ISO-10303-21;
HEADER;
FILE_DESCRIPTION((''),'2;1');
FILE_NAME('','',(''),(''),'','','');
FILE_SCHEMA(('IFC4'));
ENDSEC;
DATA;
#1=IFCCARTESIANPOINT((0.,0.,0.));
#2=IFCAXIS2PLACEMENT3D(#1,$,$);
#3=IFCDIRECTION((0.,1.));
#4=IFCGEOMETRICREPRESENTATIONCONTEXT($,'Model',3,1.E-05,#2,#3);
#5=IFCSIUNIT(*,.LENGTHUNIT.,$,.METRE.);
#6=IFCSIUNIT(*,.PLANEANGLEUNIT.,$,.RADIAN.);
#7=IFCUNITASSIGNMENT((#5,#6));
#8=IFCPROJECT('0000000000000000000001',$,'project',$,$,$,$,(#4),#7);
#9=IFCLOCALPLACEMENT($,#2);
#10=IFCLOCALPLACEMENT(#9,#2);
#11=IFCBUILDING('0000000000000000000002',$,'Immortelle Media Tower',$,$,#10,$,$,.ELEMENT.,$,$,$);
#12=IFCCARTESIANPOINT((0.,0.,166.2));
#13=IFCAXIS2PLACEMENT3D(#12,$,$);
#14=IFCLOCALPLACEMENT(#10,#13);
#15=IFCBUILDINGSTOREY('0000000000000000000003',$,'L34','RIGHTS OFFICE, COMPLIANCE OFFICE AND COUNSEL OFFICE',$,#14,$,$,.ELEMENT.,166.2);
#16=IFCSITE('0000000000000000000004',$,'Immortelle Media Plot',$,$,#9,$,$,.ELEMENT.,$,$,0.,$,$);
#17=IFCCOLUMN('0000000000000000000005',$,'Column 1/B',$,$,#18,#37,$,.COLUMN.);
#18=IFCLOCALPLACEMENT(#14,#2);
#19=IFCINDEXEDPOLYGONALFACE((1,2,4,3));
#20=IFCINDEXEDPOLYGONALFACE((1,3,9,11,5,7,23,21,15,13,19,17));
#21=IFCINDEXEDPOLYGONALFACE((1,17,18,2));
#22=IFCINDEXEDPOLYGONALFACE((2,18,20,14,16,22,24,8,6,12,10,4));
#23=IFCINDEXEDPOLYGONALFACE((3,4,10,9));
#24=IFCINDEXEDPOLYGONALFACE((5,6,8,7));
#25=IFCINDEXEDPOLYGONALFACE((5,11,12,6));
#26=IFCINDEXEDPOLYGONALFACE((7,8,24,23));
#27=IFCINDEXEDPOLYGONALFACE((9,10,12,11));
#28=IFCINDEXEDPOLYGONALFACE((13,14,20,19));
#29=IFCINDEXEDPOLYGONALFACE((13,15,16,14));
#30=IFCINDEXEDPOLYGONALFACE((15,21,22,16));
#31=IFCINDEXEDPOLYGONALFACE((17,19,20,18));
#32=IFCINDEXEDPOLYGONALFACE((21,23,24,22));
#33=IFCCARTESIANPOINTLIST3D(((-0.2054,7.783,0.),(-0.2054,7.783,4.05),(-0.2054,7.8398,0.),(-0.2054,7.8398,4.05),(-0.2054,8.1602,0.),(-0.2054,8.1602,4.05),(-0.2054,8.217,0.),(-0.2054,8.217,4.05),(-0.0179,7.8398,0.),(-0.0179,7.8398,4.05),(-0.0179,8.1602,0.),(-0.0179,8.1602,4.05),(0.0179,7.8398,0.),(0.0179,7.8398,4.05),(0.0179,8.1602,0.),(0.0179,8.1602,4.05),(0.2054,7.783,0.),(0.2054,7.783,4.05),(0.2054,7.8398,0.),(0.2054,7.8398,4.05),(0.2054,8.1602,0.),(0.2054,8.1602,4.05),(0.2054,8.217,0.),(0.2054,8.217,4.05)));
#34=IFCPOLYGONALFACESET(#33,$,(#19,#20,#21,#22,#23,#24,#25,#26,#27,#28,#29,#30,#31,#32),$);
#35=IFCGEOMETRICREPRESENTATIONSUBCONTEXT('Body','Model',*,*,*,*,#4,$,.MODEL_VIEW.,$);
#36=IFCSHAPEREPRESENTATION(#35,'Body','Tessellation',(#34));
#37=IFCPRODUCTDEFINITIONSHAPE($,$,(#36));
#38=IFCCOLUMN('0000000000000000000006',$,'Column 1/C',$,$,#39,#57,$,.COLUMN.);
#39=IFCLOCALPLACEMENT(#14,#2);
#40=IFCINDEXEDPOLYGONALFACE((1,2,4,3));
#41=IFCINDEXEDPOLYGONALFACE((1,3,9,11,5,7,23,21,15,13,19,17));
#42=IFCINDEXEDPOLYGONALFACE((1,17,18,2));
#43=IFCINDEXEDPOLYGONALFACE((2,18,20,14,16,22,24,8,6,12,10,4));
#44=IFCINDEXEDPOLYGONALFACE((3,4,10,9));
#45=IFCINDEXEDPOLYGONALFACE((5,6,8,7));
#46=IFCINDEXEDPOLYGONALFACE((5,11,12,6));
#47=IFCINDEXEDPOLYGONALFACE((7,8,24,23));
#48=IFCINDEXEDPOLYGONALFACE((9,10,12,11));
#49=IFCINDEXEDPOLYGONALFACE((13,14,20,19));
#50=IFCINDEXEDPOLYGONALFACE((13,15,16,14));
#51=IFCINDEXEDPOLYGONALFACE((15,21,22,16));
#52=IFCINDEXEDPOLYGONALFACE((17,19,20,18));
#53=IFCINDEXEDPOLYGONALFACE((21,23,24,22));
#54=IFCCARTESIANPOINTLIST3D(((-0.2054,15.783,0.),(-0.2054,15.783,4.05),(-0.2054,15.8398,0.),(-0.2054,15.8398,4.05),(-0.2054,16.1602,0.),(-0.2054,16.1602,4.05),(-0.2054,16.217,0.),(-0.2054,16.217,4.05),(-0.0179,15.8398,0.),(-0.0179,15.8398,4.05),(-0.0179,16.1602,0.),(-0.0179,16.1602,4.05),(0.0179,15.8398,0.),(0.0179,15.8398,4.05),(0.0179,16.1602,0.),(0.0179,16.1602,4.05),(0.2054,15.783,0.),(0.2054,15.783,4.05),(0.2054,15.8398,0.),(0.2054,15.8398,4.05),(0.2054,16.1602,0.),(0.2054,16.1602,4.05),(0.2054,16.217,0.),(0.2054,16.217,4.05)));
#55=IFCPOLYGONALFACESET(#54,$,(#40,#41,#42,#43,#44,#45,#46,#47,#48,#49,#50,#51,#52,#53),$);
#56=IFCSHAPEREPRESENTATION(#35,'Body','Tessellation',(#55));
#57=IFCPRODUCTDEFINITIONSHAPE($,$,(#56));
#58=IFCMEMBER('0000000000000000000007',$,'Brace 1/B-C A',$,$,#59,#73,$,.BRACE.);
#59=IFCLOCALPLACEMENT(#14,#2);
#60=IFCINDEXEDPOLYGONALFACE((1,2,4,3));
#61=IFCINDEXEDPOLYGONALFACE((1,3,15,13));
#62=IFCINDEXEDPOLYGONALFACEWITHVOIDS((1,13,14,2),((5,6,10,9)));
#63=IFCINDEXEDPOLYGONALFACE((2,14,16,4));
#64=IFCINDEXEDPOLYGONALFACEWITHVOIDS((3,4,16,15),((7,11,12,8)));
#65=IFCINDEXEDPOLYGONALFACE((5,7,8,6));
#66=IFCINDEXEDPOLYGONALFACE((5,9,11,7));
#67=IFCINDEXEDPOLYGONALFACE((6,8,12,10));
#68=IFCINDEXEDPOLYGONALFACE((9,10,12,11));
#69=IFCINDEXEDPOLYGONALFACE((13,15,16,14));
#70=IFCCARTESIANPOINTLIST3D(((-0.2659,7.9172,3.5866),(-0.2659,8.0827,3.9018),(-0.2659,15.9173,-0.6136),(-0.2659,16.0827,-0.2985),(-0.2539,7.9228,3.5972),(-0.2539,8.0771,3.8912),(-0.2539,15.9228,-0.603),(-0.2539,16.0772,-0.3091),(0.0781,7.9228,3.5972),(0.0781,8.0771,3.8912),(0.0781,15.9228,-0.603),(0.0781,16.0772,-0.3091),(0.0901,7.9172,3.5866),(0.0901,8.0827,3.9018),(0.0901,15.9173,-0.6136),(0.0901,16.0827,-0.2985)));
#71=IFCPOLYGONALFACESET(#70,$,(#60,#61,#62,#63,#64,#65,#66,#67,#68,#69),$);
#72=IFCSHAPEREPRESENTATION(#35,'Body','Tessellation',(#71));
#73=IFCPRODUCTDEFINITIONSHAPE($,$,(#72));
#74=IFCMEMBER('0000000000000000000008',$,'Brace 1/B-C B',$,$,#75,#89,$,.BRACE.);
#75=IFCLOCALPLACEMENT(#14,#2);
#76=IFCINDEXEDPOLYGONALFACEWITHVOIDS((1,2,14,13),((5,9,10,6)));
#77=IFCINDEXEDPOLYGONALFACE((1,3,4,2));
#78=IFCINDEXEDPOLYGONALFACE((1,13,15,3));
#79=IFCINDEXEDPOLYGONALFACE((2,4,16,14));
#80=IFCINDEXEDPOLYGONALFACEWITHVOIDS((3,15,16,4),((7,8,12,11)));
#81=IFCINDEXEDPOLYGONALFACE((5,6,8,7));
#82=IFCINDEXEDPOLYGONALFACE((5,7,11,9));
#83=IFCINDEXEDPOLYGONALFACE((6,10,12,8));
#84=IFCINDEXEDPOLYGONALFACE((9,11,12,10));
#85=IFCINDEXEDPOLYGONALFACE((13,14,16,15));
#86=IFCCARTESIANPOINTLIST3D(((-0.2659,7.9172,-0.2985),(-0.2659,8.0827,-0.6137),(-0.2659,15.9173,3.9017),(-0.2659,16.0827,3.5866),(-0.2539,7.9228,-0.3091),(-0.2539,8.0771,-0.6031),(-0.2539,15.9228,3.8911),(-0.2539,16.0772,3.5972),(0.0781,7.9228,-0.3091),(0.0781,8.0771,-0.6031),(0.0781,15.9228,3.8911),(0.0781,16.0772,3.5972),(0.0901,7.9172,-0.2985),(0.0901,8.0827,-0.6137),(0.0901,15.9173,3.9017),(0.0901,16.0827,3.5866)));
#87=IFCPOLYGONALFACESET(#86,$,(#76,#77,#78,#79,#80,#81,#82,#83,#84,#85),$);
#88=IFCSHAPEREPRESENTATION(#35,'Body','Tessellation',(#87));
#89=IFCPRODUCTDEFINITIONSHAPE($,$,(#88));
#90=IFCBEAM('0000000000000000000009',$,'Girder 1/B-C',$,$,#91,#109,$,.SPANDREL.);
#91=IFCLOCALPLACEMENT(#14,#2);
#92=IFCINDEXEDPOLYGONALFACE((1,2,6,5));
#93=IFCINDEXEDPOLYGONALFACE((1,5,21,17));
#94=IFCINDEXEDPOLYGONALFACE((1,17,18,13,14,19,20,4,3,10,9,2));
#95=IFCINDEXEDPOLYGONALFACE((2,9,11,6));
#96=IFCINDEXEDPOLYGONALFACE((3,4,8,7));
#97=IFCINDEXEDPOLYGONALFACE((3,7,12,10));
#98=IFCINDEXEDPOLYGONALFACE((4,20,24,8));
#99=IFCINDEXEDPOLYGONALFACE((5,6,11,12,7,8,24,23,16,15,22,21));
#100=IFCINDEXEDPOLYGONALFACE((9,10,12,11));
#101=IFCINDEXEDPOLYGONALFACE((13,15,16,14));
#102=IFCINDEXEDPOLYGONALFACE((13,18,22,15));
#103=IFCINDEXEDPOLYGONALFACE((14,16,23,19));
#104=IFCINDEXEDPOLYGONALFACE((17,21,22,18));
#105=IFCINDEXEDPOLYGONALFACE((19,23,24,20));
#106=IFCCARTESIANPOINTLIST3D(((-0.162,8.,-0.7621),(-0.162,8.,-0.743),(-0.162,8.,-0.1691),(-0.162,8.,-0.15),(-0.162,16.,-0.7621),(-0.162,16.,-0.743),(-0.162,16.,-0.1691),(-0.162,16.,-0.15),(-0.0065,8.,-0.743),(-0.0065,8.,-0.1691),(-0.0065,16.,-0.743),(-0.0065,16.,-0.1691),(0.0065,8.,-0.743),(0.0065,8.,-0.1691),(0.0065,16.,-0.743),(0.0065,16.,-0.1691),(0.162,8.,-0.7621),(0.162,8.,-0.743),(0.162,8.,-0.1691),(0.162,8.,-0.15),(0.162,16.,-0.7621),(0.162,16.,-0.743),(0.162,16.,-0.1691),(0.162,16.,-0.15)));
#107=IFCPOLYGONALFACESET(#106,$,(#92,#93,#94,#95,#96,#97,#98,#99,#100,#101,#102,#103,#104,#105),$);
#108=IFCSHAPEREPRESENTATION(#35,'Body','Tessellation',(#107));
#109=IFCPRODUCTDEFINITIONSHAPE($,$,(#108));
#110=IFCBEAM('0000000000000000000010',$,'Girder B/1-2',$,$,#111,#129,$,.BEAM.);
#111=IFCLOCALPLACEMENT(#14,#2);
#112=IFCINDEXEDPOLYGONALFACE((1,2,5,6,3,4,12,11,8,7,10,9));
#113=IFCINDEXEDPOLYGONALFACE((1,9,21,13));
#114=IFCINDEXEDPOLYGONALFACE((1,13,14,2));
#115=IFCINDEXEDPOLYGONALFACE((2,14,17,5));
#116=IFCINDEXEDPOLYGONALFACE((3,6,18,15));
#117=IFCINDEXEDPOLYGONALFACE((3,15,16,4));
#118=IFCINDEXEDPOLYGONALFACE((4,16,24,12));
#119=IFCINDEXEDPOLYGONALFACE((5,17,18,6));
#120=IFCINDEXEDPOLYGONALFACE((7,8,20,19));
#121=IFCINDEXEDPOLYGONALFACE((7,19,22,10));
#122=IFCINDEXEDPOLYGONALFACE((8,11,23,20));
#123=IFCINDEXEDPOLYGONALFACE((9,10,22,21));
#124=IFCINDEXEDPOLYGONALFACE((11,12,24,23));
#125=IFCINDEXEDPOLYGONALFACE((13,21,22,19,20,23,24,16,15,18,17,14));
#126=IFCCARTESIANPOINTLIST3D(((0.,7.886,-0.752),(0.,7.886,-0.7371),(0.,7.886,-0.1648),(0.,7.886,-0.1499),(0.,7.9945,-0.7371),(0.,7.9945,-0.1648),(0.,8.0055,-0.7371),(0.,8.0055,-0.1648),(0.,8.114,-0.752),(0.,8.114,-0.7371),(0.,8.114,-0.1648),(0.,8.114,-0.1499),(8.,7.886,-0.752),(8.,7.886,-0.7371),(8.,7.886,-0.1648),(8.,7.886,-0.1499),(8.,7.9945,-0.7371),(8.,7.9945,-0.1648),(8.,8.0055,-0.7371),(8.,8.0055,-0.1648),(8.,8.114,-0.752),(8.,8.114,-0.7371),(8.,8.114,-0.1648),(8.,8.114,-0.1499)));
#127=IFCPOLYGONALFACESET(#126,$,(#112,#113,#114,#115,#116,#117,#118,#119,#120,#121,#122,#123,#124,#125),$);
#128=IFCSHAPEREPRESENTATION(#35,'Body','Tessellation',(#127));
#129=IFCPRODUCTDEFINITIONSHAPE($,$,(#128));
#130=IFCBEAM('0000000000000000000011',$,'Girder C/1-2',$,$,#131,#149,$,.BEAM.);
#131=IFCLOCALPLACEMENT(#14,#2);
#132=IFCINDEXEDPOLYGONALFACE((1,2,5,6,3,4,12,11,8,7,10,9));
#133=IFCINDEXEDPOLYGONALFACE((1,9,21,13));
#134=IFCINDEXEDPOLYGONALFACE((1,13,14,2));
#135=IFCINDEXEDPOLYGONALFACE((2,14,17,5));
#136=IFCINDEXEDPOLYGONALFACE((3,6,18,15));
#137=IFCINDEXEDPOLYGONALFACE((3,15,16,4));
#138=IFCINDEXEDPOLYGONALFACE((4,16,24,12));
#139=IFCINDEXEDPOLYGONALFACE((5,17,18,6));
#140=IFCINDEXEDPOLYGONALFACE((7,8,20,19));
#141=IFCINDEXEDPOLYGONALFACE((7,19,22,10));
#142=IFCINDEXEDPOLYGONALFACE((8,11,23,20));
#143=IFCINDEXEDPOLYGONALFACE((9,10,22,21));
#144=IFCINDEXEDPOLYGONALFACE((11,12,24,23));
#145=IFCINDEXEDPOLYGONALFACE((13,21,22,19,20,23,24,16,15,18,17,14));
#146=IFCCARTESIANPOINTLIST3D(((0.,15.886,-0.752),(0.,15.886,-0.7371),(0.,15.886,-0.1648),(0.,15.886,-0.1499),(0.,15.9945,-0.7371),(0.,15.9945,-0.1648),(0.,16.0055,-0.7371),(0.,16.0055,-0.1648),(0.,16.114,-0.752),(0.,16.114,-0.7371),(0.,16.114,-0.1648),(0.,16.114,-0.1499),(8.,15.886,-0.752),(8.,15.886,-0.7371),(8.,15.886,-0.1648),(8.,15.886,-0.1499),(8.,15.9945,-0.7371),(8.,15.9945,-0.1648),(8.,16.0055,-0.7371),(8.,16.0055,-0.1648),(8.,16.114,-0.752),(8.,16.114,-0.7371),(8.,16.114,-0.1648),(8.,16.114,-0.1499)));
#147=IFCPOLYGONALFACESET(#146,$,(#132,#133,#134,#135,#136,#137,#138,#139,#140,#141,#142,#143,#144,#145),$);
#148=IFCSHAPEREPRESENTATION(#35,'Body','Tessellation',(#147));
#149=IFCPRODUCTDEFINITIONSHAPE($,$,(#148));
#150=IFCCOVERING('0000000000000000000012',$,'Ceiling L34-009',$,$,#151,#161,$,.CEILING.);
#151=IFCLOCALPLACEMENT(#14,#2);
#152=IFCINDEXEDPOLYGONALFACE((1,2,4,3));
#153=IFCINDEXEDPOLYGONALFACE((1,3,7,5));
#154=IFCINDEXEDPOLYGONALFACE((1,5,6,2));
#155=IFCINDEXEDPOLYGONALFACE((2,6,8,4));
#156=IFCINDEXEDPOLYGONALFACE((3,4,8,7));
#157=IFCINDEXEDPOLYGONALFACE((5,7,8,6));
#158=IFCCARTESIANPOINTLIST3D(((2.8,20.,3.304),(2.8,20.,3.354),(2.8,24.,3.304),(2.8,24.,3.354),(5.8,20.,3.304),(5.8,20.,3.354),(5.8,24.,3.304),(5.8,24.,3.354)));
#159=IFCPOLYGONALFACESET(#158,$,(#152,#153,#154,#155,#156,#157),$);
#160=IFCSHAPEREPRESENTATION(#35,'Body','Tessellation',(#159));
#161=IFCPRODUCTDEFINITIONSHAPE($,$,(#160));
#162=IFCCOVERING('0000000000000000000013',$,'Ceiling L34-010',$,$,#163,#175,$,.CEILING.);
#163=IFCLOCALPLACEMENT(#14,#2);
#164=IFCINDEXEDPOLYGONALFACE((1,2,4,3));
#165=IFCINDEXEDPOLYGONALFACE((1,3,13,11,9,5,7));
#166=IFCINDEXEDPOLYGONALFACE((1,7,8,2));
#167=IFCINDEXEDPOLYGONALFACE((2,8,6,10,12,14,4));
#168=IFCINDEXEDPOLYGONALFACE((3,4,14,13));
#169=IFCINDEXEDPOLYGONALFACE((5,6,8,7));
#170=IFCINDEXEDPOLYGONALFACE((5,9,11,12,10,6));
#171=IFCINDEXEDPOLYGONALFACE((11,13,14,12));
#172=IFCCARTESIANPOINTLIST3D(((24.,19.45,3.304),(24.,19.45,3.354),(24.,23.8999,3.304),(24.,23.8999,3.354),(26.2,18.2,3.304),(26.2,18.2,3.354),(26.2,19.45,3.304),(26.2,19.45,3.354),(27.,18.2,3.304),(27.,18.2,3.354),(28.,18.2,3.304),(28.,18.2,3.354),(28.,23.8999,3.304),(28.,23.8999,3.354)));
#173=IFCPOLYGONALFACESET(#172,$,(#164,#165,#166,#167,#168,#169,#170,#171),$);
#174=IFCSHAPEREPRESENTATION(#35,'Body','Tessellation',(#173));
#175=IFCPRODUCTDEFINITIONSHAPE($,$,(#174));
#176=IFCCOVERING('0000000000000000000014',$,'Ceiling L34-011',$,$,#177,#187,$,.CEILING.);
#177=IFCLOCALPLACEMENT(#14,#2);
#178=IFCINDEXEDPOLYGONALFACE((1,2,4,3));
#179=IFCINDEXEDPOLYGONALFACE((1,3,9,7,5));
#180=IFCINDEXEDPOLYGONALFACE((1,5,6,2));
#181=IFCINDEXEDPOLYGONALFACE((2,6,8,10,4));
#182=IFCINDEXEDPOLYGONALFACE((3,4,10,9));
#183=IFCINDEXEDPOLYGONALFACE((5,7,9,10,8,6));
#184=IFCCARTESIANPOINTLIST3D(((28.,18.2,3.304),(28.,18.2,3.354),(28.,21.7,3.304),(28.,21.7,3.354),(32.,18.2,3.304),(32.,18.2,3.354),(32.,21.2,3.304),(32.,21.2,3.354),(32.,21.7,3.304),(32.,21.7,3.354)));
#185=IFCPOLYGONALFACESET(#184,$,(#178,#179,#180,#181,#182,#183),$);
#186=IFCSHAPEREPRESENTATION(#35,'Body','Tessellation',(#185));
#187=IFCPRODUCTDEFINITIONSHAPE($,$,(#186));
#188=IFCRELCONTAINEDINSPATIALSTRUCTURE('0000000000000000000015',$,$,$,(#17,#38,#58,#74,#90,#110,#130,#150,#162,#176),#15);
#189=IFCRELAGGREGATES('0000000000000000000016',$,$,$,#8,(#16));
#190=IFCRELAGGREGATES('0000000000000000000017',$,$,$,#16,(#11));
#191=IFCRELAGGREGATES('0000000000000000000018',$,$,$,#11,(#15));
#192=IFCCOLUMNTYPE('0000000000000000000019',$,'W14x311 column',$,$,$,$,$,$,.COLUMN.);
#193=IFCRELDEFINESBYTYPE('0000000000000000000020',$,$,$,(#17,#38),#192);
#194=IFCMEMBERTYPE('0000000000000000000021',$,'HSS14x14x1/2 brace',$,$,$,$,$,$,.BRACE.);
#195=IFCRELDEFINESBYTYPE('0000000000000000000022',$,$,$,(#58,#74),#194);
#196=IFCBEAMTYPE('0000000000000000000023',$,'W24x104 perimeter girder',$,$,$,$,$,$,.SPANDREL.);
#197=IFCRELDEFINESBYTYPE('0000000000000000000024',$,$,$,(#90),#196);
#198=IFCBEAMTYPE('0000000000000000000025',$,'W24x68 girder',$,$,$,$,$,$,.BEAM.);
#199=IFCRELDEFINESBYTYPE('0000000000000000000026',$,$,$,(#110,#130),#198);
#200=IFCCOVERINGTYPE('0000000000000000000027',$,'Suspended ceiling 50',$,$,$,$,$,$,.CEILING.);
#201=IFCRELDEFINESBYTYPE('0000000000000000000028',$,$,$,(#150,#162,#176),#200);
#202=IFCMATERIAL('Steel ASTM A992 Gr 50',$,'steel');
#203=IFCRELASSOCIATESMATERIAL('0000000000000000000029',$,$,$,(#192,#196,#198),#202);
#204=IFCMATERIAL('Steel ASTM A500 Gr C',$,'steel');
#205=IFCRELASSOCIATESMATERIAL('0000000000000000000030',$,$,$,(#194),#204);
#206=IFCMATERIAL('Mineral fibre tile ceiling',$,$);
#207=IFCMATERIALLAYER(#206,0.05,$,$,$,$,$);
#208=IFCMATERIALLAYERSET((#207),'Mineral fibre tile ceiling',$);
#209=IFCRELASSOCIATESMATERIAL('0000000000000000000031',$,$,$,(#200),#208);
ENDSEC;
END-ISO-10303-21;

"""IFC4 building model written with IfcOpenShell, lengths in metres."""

from ifc_helpers import new_model, si_unit, direction, frame, origin, origin_2d, place, context, subcontext, project, spatial, polyline, hollow_rectangle, i_section, outline, extrude, material, layer, layer_set, material_profile, profile_set, type_object, element, save


model = new_model("IFC4")

# Units and contexts
model_context = context("Model", 3, precision=1e-05, world=origin(), true_north=direction((0.0, 1.0)))
body_context = subcontext(model_context, "Body", "Model", "MODEL_VIEW")
ifc_project = project(units=[si_unit("LENGTHUNIT", "METRE"), si_unit("PLANEANGLEUNIT", "RADIAN")], contexts=[model_context])

# Site, building, storey
site_placement = place(None, origin())
site = spatial("IfcSite", under=ifc_project, at=site_placement, Name="Immortelle Media Plot", CompositionType="ELEMENT", RefElevation=0.0)
building_placement = place(site_placement, origin())
building = spatial("IfcBuilding", under=site, at=building_placement, Name="Immortelle Media Tower", CompositionType="ELEMENT")
storey_placement = place(building_placement, frame((0.0, 0.0, 166.2)))
storey = spatial("IfcBuildingStorey", under=building, at=storey_placement, Name="L34", Description="RIGHTS OFFICE, COMPLIANCE OFFICE AND COUNSEL OFFICE", CompositionType="ELEMENT", Elevation=166.2)

# Columns
ifc_material_1 = material(Name="Steel ASTM A992 Gr 50", Category="steel")
ifc_material_profile_1 = material_profile(ifc_material_1, i_section(OverallWidth=0.4109, OverallDepth=0.4341, WebThickness=0.0359, FlangeThickness=0.0569, at=origin_2d()), Name="W14x311")
ifc_profile_set_1 = profile_set([ifc_material_profile_1], Name="Steel ASTM A992 Gr 50")
column_type = type_object("IfcColumnType", Name="W14x311 column", PredefinedType="COLUMN", material=ifc_profile_set_1)
for number, where, z_axis, x_axis, name in (
    (1, (0.0, 8.0, 0.0), (0.0, 0.0, 1.0), (1.0, 0.0, 0.0), "Column 1/B"),
    (2, (0.0, 16.0, 0.0), (0.0, 0.0, 1.0), (1.0, 0.0, 0.0), "Column 1/C"),
):
    element("IfcColumn", number, at=place(storey_placement, frame(where, z_axis=z_axis, x_axis=x_axis)), inside=storey, type_object=column_type, Name=name, PredefinedType="COLUMN", context=body_context, shape_type="SweptSolid", body=[
        extrude(i_section(OverallWidth=0.4109, OverallDepth=0.4341, WebThickness=0.0359, FlangeThickness=0.0569, at=origin_2d()), origin(), (0.0, 0.0, 1.0), 4.05),
    ])

# Members
ifc_material_2 = material(Name="Steel ASTM A500 Gr C", Category="steel")
ifc_material_profile_2 = material_profile(ifc_material_2, hollow_rectangle(XDim=0.356, YDim=0.356, WallThickness=0.012, at=origin_2d()), Name="HSS14x14x1/2 brace")
ifc_profile_set_2 = profile_set([ifc_material_profile_2], Name="Steel ASTM A500 Gr C")
member_type = type_object("IfcMemberType", Name="HSS14x14x1/2 brace", PredefinedType="BRACE", material=ifc_profile_set_2)
for number, where, z_axis, x_axis, name in (
    (3, (-0.0879, 16.0, -0.4561), (0.0, -0.885389, 0.464851), (1.0, 0.0, 0.0), "Brace 1/B-C A"),
    (4, (-0.0879, 16.0, 3.7441), (0.0, -0.885389, -0.464851), (1.0, 0.0, 0.0), "Brace 1/B-C B"),
):
    element("IfcMember", number, at=place(storey_placement, frame(where, z_axis=z_axis, x_axis=x_axis)), inside=storey, type_object=member_type, Name=name, PredefinedType="BRACE", context=body_context, shape_type="SweptSolid", body=[
        extrude(hollow_rectangle(XDim=0.356, YDim=0.356, WallThickness=0.012, at=origin_2d()), origin(), (0.0, 0.0, 1.0), 9.0356),
    ])

# Beams
ifc_material_profile_3 = material_profile(ifc_material_1, i_section(OverallWidth=0.324, OverallDepth=0.6121, WebThickness=0.0129, FlangeThickness=0.019, at=origin_2d()), Name="W24x104")
ifc_profile_set_3 = profile_set([ifc_material_profile_3], Name="Steel ASTM A992 Gr 50")
beam_type_1 = type_object("IfcBeamType", Name="W24x104 perimeter girder", PredefinedType="SPANDREL", material=ifc_profile_set_3)
beam_placement = place(storey_placement, frame((0.0, 8.0, -0.4561), z_axis=(0.0, 1.0, 0.0), x_axis=(-1.0, 0.0, 0.0)))
element("IfcBeam", 5, at=beam_placement, inside=storey, type_object=beam_type_1, Name="Girder 1/B-C", PredefinedType="SPANDREL", context=body_context, shape_type="SweptSolid", body=[
    extrude(i_section(OverallWidth=0.324, OverallDepth=0.6121, WebThickness=0.0129, FlangeThickness=0.019, at=origin_2d()), origin(), (0.0, 0.0, 1.0), 8.0),
])
ifc_material_profile_4 = material_profile(ifc_material_1, i_section(OverallWidth=0.228, OverallDepth=0.6021, WebThickness=0.011, FlangeThickness=0.0149, at=origin_2d()), Name="W24x68")
ifc_profile_set_4 = profile_set([ifc_material_profile_4], Name="Steel ASTM A992 Gr 50")
beam_type_2 = type_object("IfcBeamType", Name="W24x68 girder", PredefinedType="BEAM", material=ifc_profile_set_4)
for number, where, z_axis, x_axis, name in (
    (6, (0.0, 8.0, -0.4509), (1.0, 0.0, 0.0), (0.0, 1.0, 0.0), "Girder B/1-2"),
    (7, (0.0, 16.0, -0.4509), (1.0, 0.0, 0.0), (0.0, 1.0, 0.0), "Girder C/1-2"),
):
    element("IfcBeam", number, at=place(storey_placement, frame(where, z_axis=z_axis, x_axis=x_axis)), inside=storey, type_object=beam_type_2, Name=name, PredefinedType="BEAM", context=body_context, shape_type="SweptSolid", body=[
        extrude(i_section(OverallWidth=0.228, OverallDepth=0.6021, WebThickness=0.011, FlangeThickness=0.0149, at=origin_2d()), origin(), (0.0, 0.0, 1.0), 8.0),
    ])

# Coverings
ifc_material_3 = material(Name="Mineral fibre tile ceiling")
ifc_layer = layer(ifc_material_3, 0.05)
ifc_layer_set = layer_set([ifc_layer], Name="Mineral fibre tile ceiling")
covering_type = type_object("IfcCoveringType", Name="Suspended ceiling 50", PredefinedType="CEILING", material=ifc_layer_set)
covering_1_placement = place(storey_placement, frame((0.0, 0.0, 3.304)))
element("IfcCovering", 8, at=covering_1_placement, inside=storey, type_object=covering_type, Name="Ceiling L34-009", PredefinedType="CEILING", context=body_context, shape_type="SweptSolid", body=[
    extrude(outline(polyline([(2.8, 24.0), (5.8, 24.0), (5.8, 20.0), (2.8, 20.0), (2.8, 24.0)])), origin(), (0.0, 0.0, 1.0), 0.05),
])
covering_2_placement = place(storey_placement, frame((0.0, 0.0, 3.304)))
element("IfcCovering", 9, at=covering_2_placement, inside=storey, type_object=covering_type, Name="Ceiling L34-010", PredefinedType="CEILING", context=body_context, shape_type="SweptSolid", body=[
    extrude(outline(polyline([(26.2, 18.2), (26.2, 19.45), (24.0, 19.45), (24.0, 23.8999), (28.0, 23.8999), (28.0, 18.2), (27.0, 18.2), (26.2, 18.2)])), origin(), (0.0, 0.0, 1.0), 0.05),
])
covering_3_placement = place(storey_placement, frame((0.0, 0.0, 3.304)))
element("IfcCovering", 10, at=covering_3_placement, inside=storey, type_object=covering_type, Name="Ceiling L34-011", PredefinedType="CEILING", context=body_context, shape_type="SweptSolid", body=[
    extrude(outline(polyline([(32.0, 21.2), (32.0, 18.2), (28.0, 18.2), (28.0, 21.7), (32.0, 21.7), (32.0, 21.2)])), origin(), (0.0, 0.0, 1.0), 0.05),
])

save(model, "model.ifc")
